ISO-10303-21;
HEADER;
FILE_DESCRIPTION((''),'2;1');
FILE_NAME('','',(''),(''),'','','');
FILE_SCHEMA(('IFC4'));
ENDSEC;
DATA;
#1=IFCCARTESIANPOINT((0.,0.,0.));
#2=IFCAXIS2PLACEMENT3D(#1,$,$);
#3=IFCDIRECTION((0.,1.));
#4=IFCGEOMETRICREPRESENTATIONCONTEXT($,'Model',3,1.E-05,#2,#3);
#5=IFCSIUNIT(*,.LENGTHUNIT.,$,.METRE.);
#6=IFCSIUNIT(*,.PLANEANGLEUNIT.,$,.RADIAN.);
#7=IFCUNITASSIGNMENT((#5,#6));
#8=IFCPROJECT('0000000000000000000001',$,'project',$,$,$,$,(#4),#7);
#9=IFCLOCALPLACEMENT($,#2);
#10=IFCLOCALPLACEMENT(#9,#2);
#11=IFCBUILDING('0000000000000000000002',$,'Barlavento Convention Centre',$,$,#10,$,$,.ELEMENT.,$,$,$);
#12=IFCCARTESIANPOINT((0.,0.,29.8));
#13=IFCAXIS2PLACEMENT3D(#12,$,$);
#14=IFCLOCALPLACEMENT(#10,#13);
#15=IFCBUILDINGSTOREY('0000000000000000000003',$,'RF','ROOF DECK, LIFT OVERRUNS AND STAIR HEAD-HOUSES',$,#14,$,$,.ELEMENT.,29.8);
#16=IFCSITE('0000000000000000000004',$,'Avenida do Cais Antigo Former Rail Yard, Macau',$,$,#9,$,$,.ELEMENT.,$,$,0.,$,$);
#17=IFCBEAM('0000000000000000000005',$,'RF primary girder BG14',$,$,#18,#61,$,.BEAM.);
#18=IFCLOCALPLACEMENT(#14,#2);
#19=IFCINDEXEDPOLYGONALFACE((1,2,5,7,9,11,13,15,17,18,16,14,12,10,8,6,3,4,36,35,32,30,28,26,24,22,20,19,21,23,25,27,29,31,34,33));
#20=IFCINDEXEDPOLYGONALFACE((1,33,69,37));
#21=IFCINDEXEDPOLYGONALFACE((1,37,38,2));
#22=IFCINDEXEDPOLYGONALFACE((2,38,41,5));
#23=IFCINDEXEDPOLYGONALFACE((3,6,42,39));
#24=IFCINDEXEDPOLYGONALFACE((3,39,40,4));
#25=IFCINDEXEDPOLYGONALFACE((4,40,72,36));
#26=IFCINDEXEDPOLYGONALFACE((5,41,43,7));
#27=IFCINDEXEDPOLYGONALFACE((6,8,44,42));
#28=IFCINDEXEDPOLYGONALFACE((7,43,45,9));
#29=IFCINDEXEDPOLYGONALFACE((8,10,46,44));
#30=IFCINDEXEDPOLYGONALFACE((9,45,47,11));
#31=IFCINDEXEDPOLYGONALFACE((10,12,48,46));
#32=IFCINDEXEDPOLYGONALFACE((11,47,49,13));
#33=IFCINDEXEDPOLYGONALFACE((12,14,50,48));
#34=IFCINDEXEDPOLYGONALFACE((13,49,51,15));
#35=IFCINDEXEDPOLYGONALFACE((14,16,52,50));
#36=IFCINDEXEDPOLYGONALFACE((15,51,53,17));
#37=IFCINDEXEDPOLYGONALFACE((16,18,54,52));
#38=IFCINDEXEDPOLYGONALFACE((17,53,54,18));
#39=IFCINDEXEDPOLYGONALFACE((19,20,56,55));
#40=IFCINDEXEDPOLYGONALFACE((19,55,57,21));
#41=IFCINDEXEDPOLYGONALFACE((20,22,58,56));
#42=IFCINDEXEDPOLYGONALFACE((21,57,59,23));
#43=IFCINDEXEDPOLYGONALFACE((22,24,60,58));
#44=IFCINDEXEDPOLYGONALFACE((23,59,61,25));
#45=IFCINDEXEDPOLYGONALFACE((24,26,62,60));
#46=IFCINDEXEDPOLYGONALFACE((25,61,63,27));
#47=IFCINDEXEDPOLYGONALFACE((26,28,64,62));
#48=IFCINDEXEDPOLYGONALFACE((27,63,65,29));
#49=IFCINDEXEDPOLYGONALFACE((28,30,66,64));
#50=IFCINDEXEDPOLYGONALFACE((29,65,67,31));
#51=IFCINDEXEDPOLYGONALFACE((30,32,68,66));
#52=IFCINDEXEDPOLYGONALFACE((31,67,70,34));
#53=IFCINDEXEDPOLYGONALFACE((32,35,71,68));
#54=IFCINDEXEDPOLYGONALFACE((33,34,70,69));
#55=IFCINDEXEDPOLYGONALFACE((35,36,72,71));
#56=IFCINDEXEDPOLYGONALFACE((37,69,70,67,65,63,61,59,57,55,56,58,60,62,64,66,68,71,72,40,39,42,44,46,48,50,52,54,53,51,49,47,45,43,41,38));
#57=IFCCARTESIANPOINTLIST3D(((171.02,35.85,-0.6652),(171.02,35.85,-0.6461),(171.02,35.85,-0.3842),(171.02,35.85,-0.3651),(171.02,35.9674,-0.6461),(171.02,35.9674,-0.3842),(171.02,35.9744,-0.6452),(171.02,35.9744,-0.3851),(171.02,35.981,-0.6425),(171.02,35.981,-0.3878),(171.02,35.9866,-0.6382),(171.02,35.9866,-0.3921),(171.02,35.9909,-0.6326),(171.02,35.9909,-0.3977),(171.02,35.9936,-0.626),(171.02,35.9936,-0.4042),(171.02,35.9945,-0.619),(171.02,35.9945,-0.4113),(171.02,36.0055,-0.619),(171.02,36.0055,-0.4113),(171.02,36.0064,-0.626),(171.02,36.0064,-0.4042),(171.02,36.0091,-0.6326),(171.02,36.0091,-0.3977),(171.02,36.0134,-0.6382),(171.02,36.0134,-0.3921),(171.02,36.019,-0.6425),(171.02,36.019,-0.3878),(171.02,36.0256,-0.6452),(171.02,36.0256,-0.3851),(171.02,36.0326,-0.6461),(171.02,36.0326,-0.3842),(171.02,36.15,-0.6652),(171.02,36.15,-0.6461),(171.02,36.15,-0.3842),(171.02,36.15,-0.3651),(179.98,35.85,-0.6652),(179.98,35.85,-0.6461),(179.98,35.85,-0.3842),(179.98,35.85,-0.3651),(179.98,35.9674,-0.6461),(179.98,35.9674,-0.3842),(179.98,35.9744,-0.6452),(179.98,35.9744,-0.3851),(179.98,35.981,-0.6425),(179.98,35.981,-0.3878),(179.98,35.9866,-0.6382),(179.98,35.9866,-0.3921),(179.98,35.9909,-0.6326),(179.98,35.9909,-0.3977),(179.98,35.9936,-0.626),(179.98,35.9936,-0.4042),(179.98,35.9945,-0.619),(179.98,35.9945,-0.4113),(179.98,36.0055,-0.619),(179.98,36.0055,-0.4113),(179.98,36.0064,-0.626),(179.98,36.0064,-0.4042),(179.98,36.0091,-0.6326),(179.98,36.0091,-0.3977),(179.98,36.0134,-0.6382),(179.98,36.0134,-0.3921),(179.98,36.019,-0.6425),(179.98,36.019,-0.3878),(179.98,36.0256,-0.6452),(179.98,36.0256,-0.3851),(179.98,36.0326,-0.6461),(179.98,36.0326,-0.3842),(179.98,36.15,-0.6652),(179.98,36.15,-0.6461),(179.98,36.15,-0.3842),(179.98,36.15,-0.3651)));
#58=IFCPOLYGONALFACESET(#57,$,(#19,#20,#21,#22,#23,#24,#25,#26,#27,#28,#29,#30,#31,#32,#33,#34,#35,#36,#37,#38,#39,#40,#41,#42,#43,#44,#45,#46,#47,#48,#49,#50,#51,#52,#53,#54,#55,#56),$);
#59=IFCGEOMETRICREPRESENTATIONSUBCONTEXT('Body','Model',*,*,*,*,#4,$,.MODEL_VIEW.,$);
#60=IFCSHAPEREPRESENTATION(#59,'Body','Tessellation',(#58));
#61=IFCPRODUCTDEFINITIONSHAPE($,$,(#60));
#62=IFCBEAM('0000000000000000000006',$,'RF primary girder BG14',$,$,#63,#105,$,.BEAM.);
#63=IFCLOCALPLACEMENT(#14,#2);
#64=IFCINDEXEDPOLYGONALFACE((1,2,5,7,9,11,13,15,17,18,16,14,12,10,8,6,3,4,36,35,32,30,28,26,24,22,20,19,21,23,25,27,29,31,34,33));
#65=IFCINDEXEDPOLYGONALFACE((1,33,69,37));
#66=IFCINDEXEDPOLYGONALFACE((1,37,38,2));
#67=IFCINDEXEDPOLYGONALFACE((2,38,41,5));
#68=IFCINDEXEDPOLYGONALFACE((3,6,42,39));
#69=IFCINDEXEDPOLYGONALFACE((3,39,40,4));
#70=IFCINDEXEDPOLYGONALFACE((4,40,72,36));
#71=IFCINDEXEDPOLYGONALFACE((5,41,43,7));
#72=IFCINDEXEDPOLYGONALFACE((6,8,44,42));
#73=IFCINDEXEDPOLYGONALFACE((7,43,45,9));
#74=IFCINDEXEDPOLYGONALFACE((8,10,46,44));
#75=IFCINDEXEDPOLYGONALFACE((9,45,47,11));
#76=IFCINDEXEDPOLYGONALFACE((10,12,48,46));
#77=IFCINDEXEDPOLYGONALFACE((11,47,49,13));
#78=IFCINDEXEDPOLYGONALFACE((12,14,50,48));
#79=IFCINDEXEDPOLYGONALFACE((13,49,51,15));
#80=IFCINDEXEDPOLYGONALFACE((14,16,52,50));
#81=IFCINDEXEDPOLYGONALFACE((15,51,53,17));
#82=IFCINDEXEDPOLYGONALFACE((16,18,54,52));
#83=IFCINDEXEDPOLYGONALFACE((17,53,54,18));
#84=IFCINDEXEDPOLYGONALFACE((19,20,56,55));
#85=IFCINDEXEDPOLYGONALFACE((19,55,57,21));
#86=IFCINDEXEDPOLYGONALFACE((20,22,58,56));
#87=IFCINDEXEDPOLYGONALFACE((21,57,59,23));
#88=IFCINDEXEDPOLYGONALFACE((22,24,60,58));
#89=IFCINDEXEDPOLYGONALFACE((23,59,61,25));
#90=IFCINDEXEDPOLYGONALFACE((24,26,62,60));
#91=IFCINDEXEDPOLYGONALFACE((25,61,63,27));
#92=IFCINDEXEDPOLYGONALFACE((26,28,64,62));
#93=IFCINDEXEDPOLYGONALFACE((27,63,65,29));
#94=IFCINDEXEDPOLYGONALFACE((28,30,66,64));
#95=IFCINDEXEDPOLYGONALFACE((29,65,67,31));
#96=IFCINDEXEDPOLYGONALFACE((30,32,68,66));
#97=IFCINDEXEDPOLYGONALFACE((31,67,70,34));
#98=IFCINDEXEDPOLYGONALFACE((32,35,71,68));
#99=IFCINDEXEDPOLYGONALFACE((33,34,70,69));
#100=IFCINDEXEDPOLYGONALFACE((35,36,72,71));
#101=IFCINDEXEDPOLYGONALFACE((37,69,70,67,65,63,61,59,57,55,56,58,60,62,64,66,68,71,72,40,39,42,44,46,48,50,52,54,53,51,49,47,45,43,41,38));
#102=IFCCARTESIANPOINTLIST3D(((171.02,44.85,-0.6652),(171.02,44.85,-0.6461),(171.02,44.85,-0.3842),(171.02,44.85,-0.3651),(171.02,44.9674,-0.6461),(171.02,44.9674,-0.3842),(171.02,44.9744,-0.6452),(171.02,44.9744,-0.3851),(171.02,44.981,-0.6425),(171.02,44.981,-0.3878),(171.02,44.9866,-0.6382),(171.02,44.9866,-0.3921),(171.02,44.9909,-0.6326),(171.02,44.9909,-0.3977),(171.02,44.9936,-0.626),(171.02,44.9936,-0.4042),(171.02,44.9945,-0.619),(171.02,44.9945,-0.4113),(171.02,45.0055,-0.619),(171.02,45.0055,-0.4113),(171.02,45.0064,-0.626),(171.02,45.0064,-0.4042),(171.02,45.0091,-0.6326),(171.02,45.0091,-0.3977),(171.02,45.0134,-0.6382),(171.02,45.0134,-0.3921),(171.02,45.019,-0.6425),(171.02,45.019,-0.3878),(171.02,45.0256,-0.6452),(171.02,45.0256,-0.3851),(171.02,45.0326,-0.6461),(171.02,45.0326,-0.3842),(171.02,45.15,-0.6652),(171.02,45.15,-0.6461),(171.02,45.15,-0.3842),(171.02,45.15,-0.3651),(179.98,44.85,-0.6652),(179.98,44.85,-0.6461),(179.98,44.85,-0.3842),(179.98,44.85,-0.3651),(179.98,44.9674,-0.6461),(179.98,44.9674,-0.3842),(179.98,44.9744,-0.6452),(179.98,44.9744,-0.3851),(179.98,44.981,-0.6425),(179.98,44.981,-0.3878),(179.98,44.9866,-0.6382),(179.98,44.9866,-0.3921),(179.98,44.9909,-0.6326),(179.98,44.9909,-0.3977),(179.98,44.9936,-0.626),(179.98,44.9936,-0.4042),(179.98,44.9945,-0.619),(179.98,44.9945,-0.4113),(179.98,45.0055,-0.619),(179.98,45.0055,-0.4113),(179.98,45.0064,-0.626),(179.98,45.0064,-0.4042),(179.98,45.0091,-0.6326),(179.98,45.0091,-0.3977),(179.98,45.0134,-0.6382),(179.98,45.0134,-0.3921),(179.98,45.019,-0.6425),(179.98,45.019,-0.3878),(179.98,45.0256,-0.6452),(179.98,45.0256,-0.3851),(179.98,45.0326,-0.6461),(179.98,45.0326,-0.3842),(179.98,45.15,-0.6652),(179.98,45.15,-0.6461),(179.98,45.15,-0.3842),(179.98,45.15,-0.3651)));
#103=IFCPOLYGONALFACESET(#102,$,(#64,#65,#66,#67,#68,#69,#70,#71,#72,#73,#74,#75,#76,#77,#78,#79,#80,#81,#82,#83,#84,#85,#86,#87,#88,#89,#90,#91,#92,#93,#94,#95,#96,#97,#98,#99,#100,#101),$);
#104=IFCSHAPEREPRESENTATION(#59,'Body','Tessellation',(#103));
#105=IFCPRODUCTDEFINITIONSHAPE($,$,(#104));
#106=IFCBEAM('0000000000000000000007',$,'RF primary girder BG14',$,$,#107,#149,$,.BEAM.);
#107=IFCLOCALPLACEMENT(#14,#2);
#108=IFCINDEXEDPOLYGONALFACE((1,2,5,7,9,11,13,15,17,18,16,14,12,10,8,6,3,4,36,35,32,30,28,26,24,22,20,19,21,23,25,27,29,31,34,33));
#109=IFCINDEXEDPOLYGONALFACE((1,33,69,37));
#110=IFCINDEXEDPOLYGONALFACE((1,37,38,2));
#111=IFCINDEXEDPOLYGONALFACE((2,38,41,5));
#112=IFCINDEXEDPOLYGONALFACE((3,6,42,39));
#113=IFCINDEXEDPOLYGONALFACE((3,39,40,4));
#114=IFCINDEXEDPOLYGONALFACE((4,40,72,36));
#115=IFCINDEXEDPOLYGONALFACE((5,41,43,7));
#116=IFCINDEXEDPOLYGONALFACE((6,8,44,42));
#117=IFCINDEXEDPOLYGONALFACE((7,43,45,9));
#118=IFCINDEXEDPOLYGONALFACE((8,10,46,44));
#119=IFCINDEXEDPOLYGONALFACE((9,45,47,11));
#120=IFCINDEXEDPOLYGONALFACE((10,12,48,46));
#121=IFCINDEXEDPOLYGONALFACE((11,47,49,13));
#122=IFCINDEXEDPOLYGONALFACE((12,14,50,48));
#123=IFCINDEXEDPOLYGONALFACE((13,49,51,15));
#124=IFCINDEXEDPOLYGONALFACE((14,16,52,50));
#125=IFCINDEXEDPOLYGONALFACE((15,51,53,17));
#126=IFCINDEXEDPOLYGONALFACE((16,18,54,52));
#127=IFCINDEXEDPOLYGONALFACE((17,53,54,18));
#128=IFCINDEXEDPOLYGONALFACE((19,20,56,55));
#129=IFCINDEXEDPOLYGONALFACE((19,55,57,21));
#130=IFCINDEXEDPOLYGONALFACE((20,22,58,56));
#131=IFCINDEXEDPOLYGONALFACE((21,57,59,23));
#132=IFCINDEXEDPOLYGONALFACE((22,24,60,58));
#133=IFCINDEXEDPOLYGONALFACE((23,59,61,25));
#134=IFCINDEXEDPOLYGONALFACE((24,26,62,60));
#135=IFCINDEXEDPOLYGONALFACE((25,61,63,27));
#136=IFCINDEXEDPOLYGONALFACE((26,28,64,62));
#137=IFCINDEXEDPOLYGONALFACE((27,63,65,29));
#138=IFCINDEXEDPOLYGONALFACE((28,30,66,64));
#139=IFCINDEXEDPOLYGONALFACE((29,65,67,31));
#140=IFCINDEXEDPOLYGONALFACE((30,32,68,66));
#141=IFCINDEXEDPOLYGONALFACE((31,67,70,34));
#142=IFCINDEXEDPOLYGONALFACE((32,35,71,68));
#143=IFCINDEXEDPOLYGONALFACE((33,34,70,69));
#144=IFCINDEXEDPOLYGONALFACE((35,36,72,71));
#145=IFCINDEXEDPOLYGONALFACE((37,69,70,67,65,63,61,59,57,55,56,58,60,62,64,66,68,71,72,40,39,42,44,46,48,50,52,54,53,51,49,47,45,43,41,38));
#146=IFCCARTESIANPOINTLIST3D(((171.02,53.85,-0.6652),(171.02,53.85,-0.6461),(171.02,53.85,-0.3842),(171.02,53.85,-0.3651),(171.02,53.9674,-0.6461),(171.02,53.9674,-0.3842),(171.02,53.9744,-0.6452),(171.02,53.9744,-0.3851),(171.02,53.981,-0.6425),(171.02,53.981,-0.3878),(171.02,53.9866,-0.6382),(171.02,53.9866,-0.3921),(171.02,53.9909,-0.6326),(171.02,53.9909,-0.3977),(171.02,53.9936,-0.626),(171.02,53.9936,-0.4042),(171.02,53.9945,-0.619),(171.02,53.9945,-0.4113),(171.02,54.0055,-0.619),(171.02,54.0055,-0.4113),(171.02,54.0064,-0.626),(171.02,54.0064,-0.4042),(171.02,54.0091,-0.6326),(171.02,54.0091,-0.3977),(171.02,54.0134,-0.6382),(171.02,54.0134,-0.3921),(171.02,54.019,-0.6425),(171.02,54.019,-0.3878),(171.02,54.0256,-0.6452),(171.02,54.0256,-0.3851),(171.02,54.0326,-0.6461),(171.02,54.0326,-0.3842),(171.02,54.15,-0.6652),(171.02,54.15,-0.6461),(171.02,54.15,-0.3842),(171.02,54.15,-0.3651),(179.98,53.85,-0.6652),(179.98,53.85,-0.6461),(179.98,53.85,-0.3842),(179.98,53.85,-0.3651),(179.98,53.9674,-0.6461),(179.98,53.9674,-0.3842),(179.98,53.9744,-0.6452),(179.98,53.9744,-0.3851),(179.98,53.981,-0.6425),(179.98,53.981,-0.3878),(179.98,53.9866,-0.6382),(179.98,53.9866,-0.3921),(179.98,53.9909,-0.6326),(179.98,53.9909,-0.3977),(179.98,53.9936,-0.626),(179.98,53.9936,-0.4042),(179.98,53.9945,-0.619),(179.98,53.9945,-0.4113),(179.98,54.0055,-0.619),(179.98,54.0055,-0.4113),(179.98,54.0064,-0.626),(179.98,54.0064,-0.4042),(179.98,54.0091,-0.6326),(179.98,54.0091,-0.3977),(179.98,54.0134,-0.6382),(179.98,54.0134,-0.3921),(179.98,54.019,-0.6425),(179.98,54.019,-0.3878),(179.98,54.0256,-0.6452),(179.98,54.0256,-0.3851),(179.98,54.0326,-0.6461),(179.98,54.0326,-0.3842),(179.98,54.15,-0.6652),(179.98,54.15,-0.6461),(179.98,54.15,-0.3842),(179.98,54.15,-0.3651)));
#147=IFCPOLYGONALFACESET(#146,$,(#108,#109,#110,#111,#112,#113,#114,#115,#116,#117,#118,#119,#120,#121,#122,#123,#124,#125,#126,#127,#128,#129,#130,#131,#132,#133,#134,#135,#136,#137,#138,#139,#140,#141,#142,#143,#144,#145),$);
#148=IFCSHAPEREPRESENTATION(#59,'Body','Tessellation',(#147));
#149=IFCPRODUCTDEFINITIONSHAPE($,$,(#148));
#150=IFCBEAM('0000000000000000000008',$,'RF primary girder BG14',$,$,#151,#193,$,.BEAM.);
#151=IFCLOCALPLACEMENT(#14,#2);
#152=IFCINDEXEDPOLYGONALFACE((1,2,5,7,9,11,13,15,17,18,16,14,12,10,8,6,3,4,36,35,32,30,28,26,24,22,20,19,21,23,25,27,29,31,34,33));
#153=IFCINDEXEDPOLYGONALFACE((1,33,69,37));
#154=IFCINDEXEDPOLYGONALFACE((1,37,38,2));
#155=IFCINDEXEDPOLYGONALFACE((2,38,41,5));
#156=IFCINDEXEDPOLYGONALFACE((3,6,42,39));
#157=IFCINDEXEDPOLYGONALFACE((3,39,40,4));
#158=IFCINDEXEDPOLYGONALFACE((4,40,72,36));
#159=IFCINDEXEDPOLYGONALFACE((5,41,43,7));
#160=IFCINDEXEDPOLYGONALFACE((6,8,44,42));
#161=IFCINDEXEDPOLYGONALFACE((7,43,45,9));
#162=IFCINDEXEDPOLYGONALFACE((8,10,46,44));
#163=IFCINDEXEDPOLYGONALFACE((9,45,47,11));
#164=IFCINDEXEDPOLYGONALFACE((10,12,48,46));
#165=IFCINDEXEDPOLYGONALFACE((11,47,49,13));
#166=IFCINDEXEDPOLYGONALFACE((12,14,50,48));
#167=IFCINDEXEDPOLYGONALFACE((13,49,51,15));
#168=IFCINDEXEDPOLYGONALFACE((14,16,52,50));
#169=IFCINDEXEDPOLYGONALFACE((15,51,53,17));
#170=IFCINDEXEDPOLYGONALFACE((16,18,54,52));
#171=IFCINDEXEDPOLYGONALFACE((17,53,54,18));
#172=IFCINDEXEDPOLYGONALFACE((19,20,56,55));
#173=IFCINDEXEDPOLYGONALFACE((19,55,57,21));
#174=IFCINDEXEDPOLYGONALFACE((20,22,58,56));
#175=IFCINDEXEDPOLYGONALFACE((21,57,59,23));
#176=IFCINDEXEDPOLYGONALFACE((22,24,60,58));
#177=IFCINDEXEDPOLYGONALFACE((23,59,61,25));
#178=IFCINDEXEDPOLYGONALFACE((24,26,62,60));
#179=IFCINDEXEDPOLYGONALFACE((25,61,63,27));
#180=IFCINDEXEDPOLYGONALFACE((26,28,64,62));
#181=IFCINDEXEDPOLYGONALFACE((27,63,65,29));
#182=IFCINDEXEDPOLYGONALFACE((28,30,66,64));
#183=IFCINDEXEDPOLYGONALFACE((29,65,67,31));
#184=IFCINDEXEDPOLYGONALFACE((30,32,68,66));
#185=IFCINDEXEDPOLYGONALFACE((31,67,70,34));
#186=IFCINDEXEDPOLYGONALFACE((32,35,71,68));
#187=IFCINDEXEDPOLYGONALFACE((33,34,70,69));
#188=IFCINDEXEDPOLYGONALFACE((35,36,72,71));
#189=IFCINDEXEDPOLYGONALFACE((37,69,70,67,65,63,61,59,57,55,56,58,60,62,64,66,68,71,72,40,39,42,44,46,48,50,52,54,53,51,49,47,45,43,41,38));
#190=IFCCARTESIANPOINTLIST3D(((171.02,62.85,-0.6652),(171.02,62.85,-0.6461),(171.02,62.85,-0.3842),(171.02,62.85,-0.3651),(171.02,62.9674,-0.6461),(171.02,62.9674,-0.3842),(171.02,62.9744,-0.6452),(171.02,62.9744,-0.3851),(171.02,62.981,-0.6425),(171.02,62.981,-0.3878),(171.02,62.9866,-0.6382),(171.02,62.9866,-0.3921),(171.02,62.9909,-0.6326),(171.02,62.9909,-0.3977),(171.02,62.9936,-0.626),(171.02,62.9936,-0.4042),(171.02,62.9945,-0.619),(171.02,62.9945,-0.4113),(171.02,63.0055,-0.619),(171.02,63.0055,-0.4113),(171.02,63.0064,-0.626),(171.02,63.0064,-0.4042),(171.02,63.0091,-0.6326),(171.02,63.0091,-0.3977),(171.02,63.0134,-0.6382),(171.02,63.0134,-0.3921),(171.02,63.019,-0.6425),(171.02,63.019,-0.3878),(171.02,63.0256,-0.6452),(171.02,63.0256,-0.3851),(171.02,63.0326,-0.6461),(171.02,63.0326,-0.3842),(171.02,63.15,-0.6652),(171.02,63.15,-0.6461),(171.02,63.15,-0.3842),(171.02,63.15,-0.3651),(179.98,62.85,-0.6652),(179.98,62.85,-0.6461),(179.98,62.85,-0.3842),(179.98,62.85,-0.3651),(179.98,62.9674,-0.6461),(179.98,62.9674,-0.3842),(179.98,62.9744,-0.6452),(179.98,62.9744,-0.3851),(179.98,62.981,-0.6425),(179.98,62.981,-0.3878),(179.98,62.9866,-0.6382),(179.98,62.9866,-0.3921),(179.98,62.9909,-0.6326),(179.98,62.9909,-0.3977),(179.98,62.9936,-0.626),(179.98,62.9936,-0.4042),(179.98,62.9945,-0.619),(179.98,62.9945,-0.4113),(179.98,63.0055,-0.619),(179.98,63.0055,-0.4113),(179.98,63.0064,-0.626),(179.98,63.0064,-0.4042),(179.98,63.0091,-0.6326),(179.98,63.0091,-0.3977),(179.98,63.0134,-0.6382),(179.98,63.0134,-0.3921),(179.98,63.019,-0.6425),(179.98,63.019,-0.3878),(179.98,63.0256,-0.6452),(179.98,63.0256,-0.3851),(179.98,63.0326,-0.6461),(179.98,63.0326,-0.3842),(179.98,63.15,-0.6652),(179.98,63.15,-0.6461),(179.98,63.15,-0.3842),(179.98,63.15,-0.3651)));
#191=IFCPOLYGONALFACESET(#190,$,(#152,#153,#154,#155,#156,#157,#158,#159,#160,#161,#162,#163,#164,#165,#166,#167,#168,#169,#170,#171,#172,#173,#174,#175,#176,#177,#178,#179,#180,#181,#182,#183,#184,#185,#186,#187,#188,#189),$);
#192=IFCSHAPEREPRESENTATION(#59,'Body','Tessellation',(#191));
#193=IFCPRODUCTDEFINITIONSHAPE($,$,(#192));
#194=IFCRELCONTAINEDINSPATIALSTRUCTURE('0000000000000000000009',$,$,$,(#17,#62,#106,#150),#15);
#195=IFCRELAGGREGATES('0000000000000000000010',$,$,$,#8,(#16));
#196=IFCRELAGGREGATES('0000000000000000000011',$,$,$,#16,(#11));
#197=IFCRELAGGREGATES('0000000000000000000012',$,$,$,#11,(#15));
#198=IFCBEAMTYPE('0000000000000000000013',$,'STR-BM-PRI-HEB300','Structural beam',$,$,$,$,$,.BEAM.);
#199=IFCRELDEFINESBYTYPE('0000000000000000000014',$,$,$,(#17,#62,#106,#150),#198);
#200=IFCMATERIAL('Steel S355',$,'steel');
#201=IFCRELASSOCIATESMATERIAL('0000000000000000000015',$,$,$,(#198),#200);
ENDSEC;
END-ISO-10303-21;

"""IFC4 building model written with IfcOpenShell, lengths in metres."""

from ifc_helpers import new_model, si_unit, direction, frame, origin, origin_2d, place, context, subcontext, project, spatial, i_section, extrude, material, material_profile, profile_set, type_object, element, save


model = new_model("IFC4")

# Units and contexts
model_context = context("Model", 3, precision=1e-05, world=origin(), true_north=direction((0.0, 1.0)))
body_context = subcontext(model_context, "Body", "Model", "MODEL_VIEW")
ifc_project = project(units=[si_unit("LENGTHUNIT", "METRE"), si_unit("PLANEANGLEUNIT", "RADIAN")], contexts=[model_context])

# Site, building, storey
site_placement = place(None, origin())
site = spatial("IfcSite", under=ifc_project, at=site_placement, Name="Avenida do Cais Antigo Former Rail Yard, Macau", CompositionType="ELEMENT", RefElevation=0.0)
building_placement = place(site_placement, origin())
building = spatial("IfcBuilding", under=site, at=building_placement, Name="Barlavento Convention Centre", CompositionType="ELEMENT")
storey_placement = place(building_placement, frame((0.0, 0.0, 29.8)))
storey = spatial("IfcBuildingStorey", under=building, at=storey_placement, Name="RF", Description="ROOF DECK, LIFT OVERRUNS AND STAIR HEAD-HOUSES", CompositionType="ELEMENT", Elevation=29.8)

# Beams
ifc_material_1 = material(Name="Steel S355", Category="steel")
ifc_material_profile_1 = material_profile(ifc_material_1, i_section(OverallWidth=0.3, OverallDepth=0.3, WebThickness=0.011, FlangeThickness=0.019, FilletRadius=0.0271, at=origin_2d()), Name="HEB 300")
ifc_profile_set_1 = profile_set([ifc_material_profile_1], Name="Steel S355")
beam_type_1 = type_object("IfcBeamType", Name="STR-BM-PRI-HEB300", Description="Structural beam", PredefinedType="BEAM", material=ifc_profile_set_1)
for number, where, z_axis, x_axis, name in (
    (1, (171.02, 36.0, -0.5151), (1.0, 0.0, 0.0), (0.0, 1.0, 0.0), "RF primary girder BG14"),
    (2, (171.02, 45.0, -0.5151), (1.0, 0.0, 0.0), (0.0, 1.0, 0.0), "RF primary girder BG14"),
    (3, (171.02, 54.0, -0.5151), (1.0, 0.0, 0.0), (0.0, 1.0, 0.0), "RF primary girder BG14"),
    (4, (171.02, 63.0, -0.5151), (1.0, 0.0, 0.0), (0.0, 1.0, 0.0), "RF primary girder BG14"),
):
    element("IfcBeam", number, at=place(storey_placement, frame(where, z_axis=z_axis, x_axis=x_axis)), inside=storey, type_object=beam_type_1, Name=name, PredefinedType="BEAM", context=body_context, shape_type="SweptSolid", body=[
        extrude(i_section(OverallWidth=0.3, OverallDepth=0.3, WebThickness=0.011, FlangeThickness=0.019, FilletRadius=0.0271, at=origin_2d()), origin(), (0.0, 0.0, 1.0), 8.96),
    ])

save(model, "model.ifc")
